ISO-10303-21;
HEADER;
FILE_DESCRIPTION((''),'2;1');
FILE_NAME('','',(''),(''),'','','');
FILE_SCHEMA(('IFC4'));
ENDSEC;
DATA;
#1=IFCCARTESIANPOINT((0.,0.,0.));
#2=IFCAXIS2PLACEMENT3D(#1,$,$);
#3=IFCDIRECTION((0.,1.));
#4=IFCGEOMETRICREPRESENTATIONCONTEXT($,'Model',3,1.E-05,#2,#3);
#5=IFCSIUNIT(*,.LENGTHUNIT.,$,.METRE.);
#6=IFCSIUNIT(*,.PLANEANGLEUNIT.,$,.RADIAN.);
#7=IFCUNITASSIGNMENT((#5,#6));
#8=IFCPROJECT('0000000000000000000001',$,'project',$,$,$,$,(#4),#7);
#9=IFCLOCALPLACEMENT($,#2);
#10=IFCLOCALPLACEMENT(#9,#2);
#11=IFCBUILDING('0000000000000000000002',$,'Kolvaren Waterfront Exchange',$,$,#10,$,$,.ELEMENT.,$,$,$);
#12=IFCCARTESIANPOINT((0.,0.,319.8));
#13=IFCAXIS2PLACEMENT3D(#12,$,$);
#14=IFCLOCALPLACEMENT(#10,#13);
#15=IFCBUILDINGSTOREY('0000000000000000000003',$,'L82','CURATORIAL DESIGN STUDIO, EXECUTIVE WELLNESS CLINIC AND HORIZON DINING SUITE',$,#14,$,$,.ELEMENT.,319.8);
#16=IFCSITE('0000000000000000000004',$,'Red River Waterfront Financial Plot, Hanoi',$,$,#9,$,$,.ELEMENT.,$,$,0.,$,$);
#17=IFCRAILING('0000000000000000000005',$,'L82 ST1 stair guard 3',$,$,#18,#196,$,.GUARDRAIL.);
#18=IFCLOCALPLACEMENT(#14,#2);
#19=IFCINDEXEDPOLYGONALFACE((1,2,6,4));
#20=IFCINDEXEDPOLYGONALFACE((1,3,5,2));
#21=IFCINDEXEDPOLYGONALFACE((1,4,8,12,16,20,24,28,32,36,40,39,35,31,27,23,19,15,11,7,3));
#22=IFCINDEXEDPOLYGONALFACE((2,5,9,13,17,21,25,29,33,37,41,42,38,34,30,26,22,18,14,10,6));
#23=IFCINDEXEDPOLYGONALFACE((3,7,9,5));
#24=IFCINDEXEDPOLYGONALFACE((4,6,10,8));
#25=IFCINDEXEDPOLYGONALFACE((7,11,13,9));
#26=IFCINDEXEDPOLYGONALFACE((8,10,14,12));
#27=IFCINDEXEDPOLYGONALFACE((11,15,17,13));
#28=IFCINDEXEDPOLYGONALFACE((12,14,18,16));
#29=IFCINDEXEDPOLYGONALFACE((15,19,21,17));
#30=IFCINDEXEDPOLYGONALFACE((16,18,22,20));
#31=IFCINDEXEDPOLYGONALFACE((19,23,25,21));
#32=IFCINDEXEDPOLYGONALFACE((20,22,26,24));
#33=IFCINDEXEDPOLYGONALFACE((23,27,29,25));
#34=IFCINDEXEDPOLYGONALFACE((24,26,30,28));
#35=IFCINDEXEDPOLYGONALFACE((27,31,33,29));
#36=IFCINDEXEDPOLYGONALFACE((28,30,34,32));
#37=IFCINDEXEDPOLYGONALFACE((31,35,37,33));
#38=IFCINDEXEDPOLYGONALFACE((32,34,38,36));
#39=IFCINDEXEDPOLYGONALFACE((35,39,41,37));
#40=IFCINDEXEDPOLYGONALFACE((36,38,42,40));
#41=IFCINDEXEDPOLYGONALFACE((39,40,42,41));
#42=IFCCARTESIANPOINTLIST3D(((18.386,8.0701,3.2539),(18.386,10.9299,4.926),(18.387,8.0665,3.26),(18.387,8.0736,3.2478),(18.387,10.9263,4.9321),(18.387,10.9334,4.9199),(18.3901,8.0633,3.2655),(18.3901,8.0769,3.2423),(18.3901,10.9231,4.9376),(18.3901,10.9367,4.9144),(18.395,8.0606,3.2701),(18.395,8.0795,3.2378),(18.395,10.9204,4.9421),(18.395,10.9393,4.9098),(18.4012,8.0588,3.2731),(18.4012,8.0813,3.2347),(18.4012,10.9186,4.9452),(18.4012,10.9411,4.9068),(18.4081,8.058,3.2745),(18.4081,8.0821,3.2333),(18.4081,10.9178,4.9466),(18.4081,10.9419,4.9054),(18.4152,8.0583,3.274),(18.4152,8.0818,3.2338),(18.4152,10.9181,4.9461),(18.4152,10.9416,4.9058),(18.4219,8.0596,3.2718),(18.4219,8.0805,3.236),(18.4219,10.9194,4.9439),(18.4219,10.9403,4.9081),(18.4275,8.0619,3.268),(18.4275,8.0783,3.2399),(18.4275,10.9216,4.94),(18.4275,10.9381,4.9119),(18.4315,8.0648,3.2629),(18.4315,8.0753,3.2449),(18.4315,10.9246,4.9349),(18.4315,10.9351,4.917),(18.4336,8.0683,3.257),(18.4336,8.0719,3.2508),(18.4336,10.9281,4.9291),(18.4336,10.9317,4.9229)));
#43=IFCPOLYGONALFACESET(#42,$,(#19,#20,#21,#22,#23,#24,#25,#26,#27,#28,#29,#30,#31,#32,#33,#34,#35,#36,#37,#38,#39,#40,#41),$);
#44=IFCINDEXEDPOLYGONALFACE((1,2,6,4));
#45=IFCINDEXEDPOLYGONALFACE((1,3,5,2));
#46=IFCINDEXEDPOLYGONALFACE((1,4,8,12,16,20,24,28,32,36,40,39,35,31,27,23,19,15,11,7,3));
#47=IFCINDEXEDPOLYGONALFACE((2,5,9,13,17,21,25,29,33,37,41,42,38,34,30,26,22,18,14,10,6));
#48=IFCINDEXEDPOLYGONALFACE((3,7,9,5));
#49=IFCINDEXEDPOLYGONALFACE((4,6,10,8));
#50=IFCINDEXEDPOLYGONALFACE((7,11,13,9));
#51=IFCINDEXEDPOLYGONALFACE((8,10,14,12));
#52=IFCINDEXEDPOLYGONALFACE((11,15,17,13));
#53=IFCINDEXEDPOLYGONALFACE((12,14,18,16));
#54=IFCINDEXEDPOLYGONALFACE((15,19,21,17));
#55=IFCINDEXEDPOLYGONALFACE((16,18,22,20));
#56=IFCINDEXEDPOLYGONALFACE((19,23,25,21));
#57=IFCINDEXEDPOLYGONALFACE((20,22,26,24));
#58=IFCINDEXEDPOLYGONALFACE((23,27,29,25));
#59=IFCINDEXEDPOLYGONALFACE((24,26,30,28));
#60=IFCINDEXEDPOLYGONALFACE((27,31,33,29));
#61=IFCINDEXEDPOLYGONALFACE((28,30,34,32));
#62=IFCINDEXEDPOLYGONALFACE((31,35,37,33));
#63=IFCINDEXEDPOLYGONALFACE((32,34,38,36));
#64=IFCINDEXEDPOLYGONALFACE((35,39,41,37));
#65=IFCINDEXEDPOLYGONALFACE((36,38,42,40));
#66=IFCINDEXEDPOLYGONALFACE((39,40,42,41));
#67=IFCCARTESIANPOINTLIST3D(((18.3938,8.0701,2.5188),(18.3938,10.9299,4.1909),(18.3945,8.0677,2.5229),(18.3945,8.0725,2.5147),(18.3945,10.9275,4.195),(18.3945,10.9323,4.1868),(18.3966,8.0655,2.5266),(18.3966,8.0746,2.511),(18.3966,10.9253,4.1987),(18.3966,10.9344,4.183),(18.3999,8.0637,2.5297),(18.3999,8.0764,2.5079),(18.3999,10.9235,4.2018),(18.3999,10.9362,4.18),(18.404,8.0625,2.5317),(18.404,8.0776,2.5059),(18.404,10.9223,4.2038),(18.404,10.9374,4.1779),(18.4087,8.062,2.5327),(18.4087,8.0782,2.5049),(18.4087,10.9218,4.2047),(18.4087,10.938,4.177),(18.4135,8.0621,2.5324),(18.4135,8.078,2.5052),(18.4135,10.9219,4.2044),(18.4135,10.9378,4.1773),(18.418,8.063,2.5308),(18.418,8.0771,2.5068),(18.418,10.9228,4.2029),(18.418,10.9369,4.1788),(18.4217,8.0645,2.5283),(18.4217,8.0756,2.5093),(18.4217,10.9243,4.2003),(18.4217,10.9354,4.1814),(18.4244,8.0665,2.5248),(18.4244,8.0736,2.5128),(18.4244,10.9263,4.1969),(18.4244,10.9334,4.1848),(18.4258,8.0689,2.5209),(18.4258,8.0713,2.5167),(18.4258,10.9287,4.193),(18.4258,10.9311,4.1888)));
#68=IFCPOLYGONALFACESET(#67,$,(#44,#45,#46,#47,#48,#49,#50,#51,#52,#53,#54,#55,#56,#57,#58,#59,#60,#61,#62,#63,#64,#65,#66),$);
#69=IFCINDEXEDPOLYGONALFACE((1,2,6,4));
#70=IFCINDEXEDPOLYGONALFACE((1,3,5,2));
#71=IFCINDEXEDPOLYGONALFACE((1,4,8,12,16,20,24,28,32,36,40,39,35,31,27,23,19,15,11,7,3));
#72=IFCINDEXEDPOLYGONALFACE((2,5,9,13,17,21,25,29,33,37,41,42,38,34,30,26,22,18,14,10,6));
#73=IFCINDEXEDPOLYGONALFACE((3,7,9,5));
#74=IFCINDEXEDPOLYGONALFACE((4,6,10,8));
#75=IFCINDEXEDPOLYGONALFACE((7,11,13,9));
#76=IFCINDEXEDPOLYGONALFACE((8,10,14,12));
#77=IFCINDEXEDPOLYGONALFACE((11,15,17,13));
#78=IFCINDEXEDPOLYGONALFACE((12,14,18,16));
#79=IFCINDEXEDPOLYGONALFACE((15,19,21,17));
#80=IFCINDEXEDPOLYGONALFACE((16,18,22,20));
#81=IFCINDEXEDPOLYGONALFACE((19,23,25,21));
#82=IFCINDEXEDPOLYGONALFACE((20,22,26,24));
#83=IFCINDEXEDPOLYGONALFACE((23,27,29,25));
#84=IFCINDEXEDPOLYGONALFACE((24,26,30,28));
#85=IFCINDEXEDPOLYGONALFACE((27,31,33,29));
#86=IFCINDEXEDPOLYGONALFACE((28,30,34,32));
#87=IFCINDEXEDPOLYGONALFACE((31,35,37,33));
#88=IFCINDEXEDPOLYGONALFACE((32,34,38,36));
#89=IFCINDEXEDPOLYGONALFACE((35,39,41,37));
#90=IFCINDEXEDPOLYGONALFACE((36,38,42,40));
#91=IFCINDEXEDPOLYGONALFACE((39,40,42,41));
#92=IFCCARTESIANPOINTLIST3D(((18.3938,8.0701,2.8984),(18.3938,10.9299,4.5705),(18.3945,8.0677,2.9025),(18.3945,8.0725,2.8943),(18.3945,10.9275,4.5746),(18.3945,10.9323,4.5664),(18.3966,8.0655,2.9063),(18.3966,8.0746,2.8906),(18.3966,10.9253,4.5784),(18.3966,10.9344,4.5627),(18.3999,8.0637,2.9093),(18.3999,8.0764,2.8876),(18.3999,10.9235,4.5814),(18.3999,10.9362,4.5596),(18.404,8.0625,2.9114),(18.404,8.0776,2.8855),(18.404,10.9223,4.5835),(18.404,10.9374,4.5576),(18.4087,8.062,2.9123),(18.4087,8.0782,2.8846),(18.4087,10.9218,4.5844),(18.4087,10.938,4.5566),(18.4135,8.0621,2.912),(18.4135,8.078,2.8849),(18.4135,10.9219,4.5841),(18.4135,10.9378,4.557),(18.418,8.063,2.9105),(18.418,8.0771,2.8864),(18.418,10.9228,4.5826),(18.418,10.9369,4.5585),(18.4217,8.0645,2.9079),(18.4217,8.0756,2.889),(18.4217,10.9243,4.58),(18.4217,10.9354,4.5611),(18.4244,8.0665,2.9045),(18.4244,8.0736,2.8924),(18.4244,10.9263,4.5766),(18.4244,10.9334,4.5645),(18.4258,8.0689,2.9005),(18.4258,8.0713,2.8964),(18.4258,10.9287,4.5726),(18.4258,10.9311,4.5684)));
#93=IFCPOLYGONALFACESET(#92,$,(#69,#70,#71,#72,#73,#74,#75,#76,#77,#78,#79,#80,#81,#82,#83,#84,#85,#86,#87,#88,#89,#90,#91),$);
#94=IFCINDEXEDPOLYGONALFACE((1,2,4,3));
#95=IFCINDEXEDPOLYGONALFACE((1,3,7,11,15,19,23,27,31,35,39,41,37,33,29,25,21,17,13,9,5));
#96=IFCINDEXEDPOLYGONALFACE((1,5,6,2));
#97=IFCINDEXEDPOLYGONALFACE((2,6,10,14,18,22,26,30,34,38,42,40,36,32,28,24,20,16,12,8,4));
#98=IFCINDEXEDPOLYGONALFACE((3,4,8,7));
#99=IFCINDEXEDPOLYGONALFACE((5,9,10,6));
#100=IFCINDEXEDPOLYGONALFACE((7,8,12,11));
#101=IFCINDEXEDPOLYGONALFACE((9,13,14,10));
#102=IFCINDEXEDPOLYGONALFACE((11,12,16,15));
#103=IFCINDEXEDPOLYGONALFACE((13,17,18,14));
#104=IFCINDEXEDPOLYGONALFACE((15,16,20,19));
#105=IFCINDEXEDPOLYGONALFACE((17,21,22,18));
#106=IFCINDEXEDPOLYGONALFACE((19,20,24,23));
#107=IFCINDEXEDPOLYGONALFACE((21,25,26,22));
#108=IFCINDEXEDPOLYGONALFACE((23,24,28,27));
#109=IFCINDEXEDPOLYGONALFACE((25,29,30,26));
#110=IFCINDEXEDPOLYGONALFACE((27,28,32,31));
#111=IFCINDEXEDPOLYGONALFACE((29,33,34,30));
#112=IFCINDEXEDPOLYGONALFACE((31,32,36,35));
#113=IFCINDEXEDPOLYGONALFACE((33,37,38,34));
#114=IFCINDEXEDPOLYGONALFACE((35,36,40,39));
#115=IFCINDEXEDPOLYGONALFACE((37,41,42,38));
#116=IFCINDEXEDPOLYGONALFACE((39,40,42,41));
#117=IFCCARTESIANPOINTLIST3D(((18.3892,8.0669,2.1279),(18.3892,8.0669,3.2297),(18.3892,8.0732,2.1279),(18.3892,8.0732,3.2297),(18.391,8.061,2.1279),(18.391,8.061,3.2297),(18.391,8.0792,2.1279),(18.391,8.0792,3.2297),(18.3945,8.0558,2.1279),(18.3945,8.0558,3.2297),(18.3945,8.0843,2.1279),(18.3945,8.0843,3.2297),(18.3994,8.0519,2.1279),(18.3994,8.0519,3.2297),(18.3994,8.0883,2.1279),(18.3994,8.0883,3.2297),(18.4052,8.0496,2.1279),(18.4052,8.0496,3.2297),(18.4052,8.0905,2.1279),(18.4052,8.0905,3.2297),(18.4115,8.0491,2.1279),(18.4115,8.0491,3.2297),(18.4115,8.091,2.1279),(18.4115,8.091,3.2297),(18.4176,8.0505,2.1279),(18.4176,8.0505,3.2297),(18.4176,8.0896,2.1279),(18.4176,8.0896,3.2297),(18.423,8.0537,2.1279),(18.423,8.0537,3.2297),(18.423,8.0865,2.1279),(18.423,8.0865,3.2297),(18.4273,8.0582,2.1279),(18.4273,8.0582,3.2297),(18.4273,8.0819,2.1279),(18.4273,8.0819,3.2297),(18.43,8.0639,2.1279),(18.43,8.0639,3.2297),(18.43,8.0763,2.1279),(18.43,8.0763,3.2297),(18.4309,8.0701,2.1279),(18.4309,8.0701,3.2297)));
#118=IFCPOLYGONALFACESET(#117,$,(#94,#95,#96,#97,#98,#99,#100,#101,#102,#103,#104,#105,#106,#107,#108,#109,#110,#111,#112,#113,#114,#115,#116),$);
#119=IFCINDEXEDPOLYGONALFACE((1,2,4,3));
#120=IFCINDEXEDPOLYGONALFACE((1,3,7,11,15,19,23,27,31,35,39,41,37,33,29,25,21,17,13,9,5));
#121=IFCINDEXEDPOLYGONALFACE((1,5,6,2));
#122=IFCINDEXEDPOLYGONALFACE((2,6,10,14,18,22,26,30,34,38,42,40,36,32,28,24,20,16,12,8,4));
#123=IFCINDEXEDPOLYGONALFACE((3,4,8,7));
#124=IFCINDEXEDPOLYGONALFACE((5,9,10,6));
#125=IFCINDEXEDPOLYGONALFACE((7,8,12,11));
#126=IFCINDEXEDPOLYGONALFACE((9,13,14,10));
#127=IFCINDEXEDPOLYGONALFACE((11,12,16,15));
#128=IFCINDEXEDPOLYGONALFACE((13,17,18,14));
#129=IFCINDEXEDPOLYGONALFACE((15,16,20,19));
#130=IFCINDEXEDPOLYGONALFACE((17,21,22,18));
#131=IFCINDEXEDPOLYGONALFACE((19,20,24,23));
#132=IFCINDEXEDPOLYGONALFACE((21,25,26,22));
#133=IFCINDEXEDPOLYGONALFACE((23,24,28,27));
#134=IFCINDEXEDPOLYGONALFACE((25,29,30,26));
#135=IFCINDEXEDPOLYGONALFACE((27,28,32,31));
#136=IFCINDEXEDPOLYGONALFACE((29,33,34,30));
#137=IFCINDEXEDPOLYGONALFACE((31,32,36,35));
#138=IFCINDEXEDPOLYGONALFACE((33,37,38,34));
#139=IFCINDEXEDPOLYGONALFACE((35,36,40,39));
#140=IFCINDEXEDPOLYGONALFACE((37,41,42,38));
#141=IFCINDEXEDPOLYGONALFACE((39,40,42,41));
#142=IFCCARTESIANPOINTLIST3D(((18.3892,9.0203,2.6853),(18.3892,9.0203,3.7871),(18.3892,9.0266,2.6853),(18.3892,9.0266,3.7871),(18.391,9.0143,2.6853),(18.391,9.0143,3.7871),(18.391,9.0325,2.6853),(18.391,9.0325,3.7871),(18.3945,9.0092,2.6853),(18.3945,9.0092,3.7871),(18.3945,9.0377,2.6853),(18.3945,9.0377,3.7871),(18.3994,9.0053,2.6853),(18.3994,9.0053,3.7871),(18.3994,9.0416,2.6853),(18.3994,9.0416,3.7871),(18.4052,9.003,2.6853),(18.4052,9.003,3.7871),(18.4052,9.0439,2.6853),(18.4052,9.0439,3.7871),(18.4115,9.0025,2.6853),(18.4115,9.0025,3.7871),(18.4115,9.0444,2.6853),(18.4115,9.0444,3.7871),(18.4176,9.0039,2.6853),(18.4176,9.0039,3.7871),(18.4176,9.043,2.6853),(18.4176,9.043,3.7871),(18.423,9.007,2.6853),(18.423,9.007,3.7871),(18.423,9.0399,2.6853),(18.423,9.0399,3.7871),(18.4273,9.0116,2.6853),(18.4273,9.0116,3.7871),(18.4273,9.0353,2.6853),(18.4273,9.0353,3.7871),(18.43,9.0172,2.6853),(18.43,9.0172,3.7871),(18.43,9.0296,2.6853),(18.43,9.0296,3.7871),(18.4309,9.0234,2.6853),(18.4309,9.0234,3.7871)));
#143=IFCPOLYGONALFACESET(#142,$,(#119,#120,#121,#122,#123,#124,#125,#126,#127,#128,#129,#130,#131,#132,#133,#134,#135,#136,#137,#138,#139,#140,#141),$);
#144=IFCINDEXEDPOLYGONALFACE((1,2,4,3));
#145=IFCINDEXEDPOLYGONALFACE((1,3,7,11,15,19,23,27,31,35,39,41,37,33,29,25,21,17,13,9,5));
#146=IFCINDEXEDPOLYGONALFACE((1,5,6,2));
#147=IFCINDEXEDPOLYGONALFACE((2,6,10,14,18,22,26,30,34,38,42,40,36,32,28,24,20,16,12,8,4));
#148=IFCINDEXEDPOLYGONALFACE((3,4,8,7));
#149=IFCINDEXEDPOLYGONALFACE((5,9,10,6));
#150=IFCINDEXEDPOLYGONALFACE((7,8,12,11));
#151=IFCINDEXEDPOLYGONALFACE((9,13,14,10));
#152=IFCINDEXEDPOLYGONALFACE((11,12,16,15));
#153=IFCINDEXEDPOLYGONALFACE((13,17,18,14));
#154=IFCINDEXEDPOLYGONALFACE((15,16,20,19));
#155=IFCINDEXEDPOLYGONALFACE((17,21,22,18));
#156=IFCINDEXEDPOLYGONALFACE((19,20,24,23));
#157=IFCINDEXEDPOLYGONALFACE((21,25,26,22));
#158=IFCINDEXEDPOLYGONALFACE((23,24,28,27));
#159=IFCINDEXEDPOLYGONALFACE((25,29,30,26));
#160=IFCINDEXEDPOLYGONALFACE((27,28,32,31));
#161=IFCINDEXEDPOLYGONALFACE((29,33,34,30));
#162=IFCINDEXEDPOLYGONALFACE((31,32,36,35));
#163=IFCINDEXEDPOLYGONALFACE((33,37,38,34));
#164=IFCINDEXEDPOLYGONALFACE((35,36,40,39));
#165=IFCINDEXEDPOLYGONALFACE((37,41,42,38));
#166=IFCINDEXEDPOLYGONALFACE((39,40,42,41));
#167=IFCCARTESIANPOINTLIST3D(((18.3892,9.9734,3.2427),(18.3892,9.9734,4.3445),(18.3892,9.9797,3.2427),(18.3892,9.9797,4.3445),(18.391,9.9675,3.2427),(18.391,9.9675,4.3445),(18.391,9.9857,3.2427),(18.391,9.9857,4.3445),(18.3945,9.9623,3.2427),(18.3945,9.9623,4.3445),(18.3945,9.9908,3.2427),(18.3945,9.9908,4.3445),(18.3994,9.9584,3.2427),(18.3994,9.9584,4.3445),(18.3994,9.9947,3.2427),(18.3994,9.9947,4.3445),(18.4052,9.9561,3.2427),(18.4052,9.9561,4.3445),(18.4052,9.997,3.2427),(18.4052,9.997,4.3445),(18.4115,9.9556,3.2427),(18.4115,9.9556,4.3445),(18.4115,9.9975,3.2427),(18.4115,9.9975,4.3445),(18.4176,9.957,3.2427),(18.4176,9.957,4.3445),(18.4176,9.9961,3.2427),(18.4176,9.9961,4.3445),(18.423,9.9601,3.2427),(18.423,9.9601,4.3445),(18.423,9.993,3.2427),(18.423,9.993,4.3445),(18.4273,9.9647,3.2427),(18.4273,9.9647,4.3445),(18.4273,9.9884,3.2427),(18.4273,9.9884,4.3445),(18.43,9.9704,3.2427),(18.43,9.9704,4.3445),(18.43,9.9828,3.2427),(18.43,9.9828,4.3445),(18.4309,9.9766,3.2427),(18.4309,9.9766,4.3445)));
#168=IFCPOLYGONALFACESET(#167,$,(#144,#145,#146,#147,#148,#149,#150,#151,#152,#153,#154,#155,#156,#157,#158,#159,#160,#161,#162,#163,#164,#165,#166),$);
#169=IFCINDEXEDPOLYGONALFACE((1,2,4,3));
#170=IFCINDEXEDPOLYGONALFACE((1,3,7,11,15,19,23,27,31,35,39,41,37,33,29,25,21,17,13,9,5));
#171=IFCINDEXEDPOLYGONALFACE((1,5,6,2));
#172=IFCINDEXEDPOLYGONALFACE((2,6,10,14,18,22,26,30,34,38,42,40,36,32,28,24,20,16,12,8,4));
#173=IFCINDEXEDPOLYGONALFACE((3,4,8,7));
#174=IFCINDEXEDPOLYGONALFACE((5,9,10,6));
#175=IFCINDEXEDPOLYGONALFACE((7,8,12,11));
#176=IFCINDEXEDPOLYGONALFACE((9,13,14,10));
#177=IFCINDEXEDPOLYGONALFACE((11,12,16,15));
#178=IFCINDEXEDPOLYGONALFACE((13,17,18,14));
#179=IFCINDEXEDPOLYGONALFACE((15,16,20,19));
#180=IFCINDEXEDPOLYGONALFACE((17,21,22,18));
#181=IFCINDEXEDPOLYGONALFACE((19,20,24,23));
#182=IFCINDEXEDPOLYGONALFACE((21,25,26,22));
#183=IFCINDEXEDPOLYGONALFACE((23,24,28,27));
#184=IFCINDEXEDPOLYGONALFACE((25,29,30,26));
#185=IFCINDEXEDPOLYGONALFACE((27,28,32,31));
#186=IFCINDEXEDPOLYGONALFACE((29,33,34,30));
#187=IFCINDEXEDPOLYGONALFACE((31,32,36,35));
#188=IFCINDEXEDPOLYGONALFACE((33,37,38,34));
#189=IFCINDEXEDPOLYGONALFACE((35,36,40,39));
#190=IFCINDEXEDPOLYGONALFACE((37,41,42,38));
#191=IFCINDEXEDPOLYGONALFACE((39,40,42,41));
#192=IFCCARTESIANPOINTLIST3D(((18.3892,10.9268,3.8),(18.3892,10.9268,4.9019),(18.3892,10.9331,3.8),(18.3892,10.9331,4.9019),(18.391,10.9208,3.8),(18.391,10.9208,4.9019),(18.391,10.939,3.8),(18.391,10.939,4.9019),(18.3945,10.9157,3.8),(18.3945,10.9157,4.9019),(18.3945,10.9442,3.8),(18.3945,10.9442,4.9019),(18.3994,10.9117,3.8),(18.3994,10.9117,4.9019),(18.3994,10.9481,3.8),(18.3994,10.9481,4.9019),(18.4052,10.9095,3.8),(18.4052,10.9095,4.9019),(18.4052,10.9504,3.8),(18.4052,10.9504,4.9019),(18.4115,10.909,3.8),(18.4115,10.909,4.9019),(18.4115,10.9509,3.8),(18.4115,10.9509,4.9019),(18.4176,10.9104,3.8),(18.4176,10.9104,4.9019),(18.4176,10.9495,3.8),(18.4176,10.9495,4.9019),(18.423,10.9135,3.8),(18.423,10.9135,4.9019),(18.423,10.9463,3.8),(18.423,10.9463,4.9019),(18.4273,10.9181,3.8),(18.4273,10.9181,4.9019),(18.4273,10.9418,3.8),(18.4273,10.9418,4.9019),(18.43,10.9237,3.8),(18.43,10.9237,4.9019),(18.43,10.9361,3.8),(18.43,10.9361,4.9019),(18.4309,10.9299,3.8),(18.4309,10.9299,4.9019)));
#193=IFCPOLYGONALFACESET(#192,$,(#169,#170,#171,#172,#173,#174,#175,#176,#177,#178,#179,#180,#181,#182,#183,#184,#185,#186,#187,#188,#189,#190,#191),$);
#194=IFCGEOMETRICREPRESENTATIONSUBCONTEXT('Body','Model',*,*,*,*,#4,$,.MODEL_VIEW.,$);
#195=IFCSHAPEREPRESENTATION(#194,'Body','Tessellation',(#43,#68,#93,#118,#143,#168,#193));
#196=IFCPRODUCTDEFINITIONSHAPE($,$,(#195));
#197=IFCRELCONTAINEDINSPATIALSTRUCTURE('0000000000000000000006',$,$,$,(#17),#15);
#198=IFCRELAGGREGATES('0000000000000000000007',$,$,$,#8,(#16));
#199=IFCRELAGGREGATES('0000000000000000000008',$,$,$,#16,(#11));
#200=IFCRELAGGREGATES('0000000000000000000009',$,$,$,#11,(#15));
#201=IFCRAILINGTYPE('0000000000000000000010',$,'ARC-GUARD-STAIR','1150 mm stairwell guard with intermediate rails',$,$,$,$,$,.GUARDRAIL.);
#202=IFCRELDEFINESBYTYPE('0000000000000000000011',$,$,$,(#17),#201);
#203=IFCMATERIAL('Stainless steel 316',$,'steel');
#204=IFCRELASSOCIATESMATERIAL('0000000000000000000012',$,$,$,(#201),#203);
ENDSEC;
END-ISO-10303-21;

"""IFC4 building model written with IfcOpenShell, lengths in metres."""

from ifc_helpers import new_model, si_unit, direction, frame, origin, origin_2d, place, context, subcontext, project, spatial, circle, extrude, material, type_object, element, save


model = new_model("IFC4")

# Units and contexts
model_context = context("Model", 3, precision=1e-05, world=origin(), true_north=direction((0.0, 1.0)))
body_context = subcontext(model_context, "Body", "Model", "MODEL_VIEW")
ifc_project = project(units=[si_unit("LENGTHUNIT", "METRE"), si_unit("PLANEANGLEUNIT", "RADIAN")], contexts=[model_context])

# Site, building, storey
site_placement = place(None, origin())
site = spatial("IfcSite", under=ifc_project, at=site_placement, Name="Red River Waterfront Financial Plot, Hanoi", CompositionType="ELEMENT", RefElevation=0.0)
building_placement = place(site_placement, origin())
building = spatial("IfcBuilding", under=site, at=building_placement, Name="Kolvaren Waterfront Exchange", CompositionType="ELEMENT")
storey_placement = place(building_placement, frame((0.0, 0.0, 319.8)))
storey = spatial("IfcBuildingStorey", under=building, at=storey_placement, Name="L82", Description="CURATORIAL DESIGN STUDIO, EXECUTIVE WELLNESS CLINIC AND HORIZON DINING SUITE", CompositionType="ELEMENT", Elevation=319.8)

# Railing
ifc_material_1 = material(Name="Stainless steel 316", Category="steel")
railing_type_1 = type_object("IfcRailingType", Name="ARC-GUARD-STAIR", Description="1150 mm stairwell guard with intermediate rails", PredefinedType="GUARDRAIL", material=ifc_material_1)
railing_1_placement = place(storey_placement, frame((18.4099, 8.0701, 2.1279)))
element("IfcRailing", 1, at=railing_1_placement, inside=storey, type_object=railing_type_1, Name="L82 ST1 stair guard 3", PredefinedType="GUARDRAIL", context=body_context, shape_type="SweptSolid", body=[
    extrude(circle(Radius=0.0239, at=origin_2d()), frame((0.0, 0.0, 1.126), z_axis=(0.0, 0.863271, 0.504741), x_axis=(-1.0, 0.0, 0.0)), (0.0, 0.0, 1.0), 3.3127),
    extrude(circle(Radius=0.0161, at=origin_2d()), frame((0.0, 0.0, 0.3909), z_axis=(0.0, 0.863271, 0.504741), x_axis=(-1.0, 0.0, 0.0)), (0.0, 0.0, 1.0), 3.3127),
    extrude(circle(Radius=0.0161, at=origin_2d()), frame((0.0, 0.0, 0.7705), z_axis=(0.0, 0.863271, 0.504741), x_axis=(-1.0, 0.0, 0.0)), (0.0, 0.0, 1.0), 3.3127),
    extrude(circle(Radius=0.021, at=origin_2d()), origin(), (0.0, 0.0, 1.0), 1.1018),
    extrude(circle(Radius=0.021, at=origin_2d()), frame((0.0, 0.9534, 0.5574)), (0.0, 0.0, 1.0), 1.1018),
    extrude(circle(Radius=0.021, at=origin_2d()), frame((0.0, 1.9065, 1.1147)), (0.0, 0.0, 1.0), 1.1018),
    extrude(circle(Radius=0.021, at=origin_2d()), frame((0.0, 2.8599, 1.6721)), (0.0, 0.0, 1.0), 1.1018),
])

save(model, "model.ifc")
